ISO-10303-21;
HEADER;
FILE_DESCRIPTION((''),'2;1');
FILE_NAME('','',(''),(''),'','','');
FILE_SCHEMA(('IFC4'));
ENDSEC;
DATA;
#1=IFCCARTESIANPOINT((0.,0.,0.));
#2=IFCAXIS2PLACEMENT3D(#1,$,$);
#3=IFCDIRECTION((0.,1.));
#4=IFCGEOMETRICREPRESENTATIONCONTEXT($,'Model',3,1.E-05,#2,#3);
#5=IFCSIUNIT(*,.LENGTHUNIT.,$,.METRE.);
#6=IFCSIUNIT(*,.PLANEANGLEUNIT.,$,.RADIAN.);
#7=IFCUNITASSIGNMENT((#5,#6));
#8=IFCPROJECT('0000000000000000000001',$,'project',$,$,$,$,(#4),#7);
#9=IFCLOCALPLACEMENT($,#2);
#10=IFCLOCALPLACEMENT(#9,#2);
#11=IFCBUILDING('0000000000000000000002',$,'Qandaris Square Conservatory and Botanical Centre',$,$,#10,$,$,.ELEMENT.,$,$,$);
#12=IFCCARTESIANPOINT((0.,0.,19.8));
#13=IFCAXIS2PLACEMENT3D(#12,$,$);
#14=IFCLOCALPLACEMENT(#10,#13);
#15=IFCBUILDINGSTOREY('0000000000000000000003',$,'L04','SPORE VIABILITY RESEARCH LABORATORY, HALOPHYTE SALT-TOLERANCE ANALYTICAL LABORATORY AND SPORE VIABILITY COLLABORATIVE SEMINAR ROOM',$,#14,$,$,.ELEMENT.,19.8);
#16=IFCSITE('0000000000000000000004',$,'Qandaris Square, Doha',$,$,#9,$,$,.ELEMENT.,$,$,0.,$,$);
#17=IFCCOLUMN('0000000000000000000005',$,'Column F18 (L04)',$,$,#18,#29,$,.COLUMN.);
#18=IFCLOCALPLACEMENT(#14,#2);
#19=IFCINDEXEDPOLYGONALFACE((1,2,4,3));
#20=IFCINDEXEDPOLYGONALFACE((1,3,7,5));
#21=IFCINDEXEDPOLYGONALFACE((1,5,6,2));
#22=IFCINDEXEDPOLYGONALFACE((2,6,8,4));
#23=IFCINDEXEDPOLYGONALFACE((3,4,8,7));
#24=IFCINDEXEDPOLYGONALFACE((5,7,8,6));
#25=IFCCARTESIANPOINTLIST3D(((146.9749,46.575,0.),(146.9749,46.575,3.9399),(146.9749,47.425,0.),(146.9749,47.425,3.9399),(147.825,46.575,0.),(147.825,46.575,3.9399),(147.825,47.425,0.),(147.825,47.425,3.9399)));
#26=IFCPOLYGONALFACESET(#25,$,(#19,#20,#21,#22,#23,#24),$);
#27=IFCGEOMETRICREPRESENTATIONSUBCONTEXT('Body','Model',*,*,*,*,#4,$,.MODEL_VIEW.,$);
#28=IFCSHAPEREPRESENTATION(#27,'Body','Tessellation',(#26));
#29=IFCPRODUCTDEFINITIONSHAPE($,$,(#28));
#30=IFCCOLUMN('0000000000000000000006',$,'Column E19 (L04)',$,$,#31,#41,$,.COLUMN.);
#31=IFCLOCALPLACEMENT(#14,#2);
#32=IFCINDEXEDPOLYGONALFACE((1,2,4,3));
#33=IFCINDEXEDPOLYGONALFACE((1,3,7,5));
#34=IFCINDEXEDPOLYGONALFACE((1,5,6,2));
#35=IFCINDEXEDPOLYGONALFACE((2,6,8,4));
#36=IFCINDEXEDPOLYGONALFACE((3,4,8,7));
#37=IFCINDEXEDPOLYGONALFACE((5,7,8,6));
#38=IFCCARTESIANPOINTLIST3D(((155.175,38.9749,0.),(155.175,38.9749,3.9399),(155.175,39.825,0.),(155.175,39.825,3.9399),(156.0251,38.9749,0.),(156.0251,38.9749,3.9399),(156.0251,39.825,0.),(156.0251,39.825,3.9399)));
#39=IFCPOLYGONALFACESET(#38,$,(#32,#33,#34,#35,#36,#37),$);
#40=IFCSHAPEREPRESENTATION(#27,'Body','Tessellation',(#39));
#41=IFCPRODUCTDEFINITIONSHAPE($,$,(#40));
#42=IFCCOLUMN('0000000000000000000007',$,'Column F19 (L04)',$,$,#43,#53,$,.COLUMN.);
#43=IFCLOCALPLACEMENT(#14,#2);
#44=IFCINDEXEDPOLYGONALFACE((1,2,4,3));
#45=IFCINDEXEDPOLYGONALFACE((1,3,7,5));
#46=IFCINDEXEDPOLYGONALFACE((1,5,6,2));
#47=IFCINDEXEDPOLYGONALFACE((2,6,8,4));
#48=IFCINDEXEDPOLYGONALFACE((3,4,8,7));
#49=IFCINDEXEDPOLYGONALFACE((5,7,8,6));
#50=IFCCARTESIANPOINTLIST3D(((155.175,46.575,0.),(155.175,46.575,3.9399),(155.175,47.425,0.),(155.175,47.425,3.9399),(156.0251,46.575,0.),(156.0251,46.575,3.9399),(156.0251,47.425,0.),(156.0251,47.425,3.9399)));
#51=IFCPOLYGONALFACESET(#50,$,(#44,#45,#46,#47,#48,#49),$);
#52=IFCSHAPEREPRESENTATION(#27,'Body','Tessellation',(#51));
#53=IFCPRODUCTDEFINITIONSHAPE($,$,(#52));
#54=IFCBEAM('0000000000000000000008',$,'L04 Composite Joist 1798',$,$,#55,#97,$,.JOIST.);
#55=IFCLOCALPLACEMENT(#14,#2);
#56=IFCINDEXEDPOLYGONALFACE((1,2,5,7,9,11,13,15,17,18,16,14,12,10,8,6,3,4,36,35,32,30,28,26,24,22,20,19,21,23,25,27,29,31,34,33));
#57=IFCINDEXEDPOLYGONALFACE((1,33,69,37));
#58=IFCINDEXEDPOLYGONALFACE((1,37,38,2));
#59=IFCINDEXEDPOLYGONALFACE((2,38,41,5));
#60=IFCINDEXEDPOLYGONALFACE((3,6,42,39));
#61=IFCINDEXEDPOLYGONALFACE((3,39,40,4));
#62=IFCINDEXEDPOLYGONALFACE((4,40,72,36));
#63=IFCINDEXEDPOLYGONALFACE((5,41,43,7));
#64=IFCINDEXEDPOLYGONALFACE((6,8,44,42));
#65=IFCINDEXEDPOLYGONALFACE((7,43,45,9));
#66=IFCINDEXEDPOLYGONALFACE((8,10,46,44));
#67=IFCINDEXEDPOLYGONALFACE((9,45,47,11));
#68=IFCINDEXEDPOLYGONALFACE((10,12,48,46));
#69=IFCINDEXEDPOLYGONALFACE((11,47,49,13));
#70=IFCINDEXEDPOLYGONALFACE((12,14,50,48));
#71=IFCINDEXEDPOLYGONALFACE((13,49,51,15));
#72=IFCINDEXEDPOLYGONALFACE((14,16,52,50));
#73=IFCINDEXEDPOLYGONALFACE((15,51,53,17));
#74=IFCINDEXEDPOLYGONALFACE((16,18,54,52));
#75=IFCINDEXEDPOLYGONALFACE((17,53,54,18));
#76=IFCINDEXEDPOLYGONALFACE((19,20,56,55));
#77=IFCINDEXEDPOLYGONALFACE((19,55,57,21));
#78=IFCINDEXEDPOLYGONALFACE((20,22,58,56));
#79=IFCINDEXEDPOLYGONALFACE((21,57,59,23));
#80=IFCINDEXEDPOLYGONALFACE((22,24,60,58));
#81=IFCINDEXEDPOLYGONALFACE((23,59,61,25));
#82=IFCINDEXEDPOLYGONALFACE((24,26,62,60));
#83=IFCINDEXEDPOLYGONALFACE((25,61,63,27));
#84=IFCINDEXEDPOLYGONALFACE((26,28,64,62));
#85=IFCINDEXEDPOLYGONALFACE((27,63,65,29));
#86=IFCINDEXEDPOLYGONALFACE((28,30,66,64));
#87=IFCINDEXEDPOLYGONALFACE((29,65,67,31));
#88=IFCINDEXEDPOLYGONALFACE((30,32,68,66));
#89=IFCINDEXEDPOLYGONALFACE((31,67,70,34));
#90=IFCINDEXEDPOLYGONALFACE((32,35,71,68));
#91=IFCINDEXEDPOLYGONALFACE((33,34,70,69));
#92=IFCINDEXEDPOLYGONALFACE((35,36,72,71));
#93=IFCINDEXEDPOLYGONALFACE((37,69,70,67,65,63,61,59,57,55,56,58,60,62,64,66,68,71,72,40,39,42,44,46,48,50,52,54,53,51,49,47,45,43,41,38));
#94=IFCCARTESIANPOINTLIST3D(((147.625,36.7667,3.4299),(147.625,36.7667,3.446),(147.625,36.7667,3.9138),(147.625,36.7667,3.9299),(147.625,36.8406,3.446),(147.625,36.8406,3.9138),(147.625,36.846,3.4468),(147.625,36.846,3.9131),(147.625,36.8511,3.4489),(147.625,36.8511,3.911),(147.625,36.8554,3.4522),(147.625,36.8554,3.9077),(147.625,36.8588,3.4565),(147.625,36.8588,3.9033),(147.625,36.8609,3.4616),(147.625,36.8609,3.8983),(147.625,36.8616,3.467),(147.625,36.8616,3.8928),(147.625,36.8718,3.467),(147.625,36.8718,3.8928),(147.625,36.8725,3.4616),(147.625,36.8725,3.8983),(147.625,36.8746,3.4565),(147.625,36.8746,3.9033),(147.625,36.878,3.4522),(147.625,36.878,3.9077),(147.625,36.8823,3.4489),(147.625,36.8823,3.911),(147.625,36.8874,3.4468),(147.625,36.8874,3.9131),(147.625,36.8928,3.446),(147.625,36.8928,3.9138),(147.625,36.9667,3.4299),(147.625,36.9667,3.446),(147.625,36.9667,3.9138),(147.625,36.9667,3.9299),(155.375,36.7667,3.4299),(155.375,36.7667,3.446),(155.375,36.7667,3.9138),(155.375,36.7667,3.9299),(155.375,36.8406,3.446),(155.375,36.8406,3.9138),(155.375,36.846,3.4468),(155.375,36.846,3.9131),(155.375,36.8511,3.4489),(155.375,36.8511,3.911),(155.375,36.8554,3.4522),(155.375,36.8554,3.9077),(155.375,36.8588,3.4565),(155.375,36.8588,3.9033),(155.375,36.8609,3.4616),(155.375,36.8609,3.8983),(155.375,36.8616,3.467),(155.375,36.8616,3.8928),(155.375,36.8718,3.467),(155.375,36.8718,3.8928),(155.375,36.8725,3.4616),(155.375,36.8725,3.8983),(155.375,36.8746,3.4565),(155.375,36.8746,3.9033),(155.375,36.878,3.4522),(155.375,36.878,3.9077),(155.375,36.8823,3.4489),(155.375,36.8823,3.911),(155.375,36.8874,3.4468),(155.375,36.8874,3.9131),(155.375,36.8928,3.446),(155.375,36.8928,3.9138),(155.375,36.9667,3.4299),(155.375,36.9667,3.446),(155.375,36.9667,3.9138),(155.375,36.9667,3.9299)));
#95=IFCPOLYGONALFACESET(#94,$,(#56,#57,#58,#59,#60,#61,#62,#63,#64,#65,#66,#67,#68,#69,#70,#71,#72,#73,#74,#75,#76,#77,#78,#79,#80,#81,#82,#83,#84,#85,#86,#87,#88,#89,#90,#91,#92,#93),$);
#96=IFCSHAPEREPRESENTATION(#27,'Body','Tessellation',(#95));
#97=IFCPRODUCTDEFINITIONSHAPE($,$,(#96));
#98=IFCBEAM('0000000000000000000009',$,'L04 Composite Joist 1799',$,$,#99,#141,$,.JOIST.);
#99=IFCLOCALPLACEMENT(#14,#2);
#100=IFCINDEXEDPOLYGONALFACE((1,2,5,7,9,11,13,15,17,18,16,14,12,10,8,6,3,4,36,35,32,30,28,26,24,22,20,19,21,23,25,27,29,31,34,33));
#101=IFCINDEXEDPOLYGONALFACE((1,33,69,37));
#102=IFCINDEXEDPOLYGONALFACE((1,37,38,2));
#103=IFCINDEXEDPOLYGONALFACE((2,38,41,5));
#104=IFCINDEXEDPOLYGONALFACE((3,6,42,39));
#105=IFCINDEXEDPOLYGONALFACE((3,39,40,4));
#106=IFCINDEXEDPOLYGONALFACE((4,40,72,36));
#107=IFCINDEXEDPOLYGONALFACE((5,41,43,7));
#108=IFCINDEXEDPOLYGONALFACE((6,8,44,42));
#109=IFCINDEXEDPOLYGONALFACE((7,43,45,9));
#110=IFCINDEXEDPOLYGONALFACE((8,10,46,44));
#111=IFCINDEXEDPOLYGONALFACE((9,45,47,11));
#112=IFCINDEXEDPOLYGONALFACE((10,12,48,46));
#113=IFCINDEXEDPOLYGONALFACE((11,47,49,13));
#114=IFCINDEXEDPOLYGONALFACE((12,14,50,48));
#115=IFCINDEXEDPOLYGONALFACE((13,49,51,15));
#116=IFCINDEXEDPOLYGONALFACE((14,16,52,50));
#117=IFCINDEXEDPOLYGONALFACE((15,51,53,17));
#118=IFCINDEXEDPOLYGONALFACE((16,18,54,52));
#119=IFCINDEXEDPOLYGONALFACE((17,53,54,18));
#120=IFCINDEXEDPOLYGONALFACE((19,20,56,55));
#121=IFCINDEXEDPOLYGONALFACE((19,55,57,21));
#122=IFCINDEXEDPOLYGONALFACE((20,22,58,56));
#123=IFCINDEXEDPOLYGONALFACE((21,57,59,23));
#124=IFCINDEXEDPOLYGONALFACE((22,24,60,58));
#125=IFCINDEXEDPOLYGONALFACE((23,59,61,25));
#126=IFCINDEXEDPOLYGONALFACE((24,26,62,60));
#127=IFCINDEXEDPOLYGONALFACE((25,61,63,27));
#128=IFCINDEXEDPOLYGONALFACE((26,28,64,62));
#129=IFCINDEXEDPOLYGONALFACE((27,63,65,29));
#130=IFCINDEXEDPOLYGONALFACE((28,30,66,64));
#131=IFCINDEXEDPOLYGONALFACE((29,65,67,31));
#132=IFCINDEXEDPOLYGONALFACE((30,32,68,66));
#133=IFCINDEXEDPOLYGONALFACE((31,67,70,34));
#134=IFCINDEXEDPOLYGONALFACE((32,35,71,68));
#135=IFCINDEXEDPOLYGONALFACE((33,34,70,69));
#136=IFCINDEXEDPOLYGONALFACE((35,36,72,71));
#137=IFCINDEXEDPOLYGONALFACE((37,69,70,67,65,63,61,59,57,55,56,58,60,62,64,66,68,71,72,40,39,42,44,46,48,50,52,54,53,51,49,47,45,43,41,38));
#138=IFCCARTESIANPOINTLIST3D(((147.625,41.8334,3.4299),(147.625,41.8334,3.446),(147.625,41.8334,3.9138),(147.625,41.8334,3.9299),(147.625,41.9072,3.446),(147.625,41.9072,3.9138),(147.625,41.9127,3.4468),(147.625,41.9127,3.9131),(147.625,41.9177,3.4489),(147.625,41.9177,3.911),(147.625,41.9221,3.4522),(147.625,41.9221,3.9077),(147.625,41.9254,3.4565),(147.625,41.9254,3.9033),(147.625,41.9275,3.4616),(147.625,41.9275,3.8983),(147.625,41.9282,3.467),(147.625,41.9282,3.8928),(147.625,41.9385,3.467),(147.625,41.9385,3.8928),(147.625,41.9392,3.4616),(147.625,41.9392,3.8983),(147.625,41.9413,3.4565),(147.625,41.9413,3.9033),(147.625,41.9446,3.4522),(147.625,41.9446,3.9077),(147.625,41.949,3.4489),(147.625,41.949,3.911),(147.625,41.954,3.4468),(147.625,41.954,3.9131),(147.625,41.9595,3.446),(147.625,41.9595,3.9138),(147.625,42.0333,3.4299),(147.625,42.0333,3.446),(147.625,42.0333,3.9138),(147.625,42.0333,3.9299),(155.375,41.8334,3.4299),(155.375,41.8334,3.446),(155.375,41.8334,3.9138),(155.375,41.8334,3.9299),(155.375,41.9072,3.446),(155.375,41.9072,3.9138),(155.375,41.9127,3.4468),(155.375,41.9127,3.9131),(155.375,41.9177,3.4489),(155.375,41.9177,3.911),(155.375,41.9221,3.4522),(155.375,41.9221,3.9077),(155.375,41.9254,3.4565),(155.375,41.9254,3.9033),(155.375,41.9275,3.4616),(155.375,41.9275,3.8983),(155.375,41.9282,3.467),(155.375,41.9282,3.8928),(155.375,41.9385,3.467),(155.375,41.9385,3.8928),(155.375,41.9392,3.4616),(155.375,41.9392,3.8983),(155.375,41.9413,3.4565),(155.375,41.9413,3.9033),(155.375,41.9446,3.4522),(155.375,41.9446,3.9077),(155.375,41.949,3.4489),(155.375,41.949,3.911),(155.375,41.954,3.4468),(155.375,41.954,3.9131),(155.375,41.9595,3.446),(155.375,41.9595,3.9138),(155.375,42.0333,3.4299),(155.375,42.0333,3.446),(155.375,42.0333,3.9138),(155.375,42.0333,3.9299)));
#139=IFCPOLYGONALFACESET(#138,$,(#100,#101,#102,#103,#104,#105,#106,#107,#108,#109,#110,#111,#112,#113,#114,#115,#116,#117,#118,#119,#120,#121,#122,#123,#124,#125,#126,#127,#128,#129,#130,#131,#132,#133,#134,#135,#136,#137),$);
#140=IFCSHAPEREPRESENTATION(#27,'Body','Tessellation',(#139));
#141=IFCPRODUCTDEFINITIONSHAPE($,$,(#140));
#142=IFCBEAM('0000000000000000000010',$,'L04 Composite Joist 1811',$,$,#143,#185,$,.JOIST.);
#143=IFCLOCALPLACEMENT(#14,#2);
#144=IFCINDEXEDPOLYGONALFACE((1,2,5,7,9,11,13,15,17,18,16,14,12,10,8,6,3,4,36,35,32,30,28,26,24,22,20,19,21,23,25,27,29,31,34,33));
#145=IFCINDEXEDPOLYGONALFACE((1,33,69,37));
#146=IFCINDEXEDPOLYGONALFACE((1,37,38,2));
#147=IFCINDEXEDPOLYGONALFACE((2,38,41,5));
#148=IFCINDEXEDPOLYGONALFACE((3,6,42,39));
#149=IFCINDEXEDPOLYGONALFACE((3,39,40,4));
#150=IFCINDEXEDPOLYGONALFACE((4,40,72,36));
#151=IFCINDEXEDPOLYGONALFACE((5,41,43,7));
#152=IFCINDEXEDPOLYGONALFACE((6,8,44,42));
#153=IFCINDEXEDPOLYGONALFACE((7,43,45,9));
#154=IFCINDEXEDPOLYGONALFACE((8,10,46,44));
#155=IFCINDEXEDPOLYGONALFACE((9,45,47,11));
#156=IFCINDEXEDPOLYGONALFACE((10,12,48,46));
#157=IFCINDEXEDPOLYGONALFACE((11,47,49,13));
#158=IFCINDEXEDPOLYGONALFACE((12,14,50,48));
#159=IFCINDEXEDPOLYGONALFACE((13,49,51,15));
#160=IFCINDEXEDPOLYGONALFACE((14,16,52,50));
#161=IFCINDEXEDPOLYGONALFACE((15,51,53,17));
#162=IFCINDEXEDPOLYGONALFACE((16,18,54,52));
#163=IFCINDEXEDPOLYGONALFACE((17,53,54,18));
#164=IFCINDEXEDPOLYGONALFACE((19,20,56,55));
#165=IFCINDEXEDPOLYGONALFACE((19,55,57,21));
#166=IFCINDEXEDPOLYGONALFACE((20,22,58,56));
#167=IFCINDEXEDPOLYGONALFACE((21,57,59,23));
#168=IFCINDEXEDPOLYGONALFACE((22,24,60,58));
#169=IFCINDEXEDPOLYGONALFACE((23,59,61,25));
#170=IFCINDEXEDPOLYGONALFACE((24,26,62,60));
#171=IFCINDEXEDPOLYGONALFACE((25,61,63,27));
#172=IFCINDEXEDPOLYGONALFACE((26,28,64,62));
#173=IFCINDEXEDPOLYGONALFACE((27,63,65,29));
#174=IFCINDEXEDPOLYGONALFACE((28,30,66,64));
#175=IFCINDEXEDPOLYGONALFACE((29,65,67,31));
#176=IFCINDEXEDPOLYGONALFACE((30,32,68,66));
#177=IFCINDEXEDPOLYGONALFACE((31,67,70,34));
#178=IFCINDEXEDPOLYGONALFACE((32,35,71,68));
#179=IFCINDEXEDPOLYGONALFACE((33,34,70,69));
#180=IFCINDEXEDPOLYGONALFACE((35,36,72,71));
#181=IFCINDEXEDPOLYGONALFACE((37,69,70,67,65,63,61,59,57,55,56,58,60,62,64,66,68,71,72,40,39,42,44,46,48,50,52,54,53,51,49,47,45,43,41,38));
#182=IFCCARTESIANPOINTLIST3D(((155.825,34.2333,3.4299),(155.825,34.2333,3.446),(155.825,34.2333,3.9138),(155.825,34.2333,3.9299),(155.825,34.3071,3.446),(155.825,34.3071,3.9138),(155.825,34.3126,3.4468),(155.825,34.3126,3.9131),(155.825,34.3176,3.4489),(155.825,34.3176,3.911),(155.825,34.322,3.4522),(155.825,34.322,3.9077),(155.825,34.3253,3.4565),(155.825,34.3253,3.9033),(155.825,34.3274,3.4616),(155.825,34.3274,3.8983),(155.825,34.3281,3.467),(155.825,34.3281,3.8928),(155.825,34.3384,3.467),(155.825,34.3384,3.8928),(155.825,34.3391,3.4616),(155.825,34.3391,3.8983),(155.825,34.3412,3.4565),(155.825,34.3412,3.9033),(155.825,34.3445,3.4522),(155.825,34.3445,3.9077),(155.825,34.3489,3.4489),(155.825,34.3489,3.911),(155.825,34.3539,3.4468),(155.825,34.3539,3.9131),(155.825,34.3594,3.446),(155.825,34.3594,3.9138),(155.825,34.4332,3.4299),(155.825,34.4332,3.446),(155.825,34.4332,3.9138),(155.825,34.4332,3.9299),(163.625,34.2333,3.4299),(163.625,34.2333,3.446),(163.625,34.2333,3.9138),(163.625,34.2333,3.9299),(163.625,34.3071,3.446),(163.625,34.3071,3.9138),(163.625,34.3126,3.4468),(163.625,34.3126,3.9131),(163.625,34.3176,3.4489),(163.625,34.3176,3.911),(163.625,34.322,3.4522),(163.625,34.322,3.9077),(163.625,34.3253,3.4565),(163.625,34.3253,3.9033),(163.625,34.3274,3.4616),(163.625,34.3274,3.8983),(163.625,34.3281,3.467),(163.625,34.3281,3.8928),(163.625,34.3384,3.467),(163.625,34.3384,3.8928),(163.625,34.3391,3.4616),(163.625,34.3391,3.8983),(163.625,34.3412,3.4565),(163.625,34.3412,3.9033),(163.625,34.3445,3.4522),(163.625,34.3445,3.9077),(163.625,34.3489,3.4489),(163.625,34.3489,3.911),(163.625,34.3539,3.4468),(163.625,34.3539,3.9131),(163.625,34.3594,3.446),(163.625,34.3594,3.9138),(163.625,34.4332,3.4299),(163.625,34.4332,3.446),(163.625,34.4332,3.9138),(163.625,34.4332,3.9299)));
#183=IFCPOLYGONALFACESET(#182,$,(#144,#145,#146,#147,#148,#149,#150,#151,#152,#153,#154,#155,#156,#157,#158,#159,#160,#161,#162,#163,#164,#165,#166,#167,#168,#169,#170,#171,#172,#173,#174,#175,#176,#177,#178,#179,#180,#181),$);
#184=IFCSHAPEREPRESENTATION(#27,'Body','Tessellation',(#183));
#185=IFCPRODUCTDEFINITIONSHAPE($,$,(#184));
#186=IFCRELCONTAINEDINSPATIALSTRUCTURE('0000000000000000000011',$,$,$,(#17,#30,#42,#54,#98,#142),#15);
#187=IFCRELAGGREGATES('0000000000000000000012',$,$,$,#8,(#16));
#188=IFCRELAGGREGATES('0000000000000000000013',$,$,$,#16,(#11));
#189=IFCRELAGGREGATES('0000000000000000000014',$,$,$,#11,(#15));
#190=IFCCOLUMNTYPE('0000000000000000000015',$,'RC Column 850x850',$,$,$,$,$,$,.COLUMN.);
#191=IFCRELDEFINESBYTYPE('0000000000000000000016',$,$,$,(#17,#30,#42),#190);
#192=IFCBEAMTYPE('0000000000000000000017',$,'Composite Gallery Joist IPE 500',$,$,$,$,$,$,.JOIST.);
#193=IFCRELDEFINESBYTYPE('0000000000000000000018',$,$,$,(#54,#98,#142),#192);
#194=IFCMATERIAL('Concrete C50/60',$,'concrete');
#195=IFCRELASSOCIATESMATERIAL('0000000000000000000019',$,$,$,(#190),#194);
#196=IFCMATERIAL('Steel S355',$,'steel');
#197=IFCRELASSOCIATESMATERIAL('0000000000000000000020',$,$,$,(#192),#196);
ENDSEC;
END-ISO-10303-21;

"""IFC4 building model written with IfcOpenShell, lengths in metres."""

from ifc_helpers import new_model, si_unit, direction, frame, origin, origin_2d, place, context, subcontext, project, spatial, rectangle, i_section, extrude, material, material_profile, profile_set, type_object, element, save


model = new_model("IFC4")

# Units and contexts
model_context = context("Model", 3, precision=1e-05, world=origin(), true_north=direction((0.0, 1.0)))
body_context = subcontext(model_context, "Body", "Model", "MODEL_VIEW")
ifc_project = project(units=[si_unit("LENGTHUNIT", "METRE"), si_unit("PLANEANGLEUNIT", "RADIAN")], contexts=[model_context])

# Site, building, storey
site_placement = place(None, origin())
site = spatial("IfcSite", under=ifc_project, at=site_placement, Name="Qandaris Square, Doha", CompositionType="ELEMENT", RefElevation=0.0)
building_placement = place(site_placement, origin())
building = spatial("IfcBuilding", under=site, at=building_placement, Name="Qandaris Square Conservatory and Botanical Centre", CompositionType="ELEMENT")
storey_placement = place(building_placement, frame((0.0, 0.0, 19.8)))
storey = spatial("IfcBuildingStorey", under=building, at=storey_placement, Name="L04", Description="SPORE VIABILITY RESEARCH LABORATORY, HALOPHYTE SALT-TOLERANCE ANALYTICAL LABORATORY AND SPORE VIABILITY COLLABORATIVE SEMINAR ROOM", CompositionType="ELEMENT", Elevation=19.8)

# Columns
ifc_material_1 = material(Name="Concrete C50/60", Category="concrete")
ifc_material_profile_1 = material_profile(ifc_material_1, rectangle(XDim=0.8501, YDim=0.8501, at=origin_2d()), Name="RC-COL 850x850")
ifc_profile_set_1 = profile_set([ifc_material_profile_1], Name="Concrete C50/60")
column_type = type_object("IfcColumnType", Name="RC Column 850x850", PredefinedType="COLUMN", material=ifc_profile_set_1)
for number, where, z_axis, x_axis, name in (
    (1, (147.3999, 47.0, 0.0), (0.0, 0.0, 1.0), (1.0, 0.0, 0.0), "Column F18 (L04)"),
    (2, (155.6001, 39.3999, 0.0), (0.0, 0.0, 1.0), (1.0, 0.0, 0.0), "Column E19 (L04)"),
    (3, (155.6001, 47.0, 0.0), (0.0, 0.0, 1.0), (1.0, 0.0, 0.0), "Column F19 (L04)"),
):
    element("IfcColumn", number, at=place(storey_placement, frame(where, z_axis=z_axis, x_axis=x_axis)), inside=storey, type_object=column_type, Name=name, PredefinedType="COLUMN", context=body_context, shape_type="SweptSolid", body=[
        extrude(rectangle(XDim=0.8501, YDim=0.8501, at=origin_2d()), origin(), (0.0, 0.0, 1.0), 3.9399),
    ])

# Beams
ifc_material_2 = material(Name="Steel S355", Category="steel")
ifc_material_profile_2 = material_profile(ifc_material_2, i_section(OverallWidth=0.2, OverallDepth=0.5, WebThickness=0.0103, FlangeThickness=0.0161, FilletRadius=0.021, at=origin_2d()), Name="IPE 500")
ifc_profile_set_2 = profile_set([ifc_material_profile_2], Name="Steel S355")
beam_type_1 = type_object("IfcBeamType", Name="Composite Gallery Joist IPE 500", PredefinedType="JOIST", material=ifc_profile_set_2)
for number, where, z_axis, x_axis, name in (
    (4, (147.625, 36.8667, 3.6799), (1.0, 0.0, 0.0), (0.0, 1.0, 0.0), "L04 Composite Joist 1798"),
    (5, (147.625, 41.9333, 3.6799), (1.0, 0.0, 0.0), (0.0, 1.0, 0.0), "L04 Composite Joist 1799"),
):
    element("IfcBeam", number, at=place(storey_placement, frame(where, z_axis=z_axis, x_axis=x_axis)), inside=storey, type_object=beam_type_1, Name=name, PredefinedType="JOIST", context=body_context, shape_type="SweptSolid", body=[
        extrude(i_section(OverallWidth=0.2, OverallDepth=0.5, WebThickness=0.0103, FlangeThickness=0.0161, FilletRadius=0.021, at=origin_2d()), origin(), (0.0, 0.0, 1.0), 7.75),
    ])
beam_1_placement = place(storey_placement, frame((155.825, 34.3333, 3.6799), z_axis=(1.0, 0.0, 0.0), x_axis=(0.0, 1.0, 0.0)))
element("IfcBeam", 6, at=beam_1_placement, inside=storey, type_object=beam_type_1, Name="L04 Composite Joist 1811", PredefinedType="JOIST", context=body_context, shape_type="SweptSolid", body=[
    extrude(i_section(OverallWidth=0.2, OverallDepth=0.5, WebThickness=0.0103, FlangeThickness=0.0161, FilletRadius=0.021, at=origin_2d()), origin(), (0.0, 0.0, 1.0), 7.8),
])

save(model, "model.ifc")
